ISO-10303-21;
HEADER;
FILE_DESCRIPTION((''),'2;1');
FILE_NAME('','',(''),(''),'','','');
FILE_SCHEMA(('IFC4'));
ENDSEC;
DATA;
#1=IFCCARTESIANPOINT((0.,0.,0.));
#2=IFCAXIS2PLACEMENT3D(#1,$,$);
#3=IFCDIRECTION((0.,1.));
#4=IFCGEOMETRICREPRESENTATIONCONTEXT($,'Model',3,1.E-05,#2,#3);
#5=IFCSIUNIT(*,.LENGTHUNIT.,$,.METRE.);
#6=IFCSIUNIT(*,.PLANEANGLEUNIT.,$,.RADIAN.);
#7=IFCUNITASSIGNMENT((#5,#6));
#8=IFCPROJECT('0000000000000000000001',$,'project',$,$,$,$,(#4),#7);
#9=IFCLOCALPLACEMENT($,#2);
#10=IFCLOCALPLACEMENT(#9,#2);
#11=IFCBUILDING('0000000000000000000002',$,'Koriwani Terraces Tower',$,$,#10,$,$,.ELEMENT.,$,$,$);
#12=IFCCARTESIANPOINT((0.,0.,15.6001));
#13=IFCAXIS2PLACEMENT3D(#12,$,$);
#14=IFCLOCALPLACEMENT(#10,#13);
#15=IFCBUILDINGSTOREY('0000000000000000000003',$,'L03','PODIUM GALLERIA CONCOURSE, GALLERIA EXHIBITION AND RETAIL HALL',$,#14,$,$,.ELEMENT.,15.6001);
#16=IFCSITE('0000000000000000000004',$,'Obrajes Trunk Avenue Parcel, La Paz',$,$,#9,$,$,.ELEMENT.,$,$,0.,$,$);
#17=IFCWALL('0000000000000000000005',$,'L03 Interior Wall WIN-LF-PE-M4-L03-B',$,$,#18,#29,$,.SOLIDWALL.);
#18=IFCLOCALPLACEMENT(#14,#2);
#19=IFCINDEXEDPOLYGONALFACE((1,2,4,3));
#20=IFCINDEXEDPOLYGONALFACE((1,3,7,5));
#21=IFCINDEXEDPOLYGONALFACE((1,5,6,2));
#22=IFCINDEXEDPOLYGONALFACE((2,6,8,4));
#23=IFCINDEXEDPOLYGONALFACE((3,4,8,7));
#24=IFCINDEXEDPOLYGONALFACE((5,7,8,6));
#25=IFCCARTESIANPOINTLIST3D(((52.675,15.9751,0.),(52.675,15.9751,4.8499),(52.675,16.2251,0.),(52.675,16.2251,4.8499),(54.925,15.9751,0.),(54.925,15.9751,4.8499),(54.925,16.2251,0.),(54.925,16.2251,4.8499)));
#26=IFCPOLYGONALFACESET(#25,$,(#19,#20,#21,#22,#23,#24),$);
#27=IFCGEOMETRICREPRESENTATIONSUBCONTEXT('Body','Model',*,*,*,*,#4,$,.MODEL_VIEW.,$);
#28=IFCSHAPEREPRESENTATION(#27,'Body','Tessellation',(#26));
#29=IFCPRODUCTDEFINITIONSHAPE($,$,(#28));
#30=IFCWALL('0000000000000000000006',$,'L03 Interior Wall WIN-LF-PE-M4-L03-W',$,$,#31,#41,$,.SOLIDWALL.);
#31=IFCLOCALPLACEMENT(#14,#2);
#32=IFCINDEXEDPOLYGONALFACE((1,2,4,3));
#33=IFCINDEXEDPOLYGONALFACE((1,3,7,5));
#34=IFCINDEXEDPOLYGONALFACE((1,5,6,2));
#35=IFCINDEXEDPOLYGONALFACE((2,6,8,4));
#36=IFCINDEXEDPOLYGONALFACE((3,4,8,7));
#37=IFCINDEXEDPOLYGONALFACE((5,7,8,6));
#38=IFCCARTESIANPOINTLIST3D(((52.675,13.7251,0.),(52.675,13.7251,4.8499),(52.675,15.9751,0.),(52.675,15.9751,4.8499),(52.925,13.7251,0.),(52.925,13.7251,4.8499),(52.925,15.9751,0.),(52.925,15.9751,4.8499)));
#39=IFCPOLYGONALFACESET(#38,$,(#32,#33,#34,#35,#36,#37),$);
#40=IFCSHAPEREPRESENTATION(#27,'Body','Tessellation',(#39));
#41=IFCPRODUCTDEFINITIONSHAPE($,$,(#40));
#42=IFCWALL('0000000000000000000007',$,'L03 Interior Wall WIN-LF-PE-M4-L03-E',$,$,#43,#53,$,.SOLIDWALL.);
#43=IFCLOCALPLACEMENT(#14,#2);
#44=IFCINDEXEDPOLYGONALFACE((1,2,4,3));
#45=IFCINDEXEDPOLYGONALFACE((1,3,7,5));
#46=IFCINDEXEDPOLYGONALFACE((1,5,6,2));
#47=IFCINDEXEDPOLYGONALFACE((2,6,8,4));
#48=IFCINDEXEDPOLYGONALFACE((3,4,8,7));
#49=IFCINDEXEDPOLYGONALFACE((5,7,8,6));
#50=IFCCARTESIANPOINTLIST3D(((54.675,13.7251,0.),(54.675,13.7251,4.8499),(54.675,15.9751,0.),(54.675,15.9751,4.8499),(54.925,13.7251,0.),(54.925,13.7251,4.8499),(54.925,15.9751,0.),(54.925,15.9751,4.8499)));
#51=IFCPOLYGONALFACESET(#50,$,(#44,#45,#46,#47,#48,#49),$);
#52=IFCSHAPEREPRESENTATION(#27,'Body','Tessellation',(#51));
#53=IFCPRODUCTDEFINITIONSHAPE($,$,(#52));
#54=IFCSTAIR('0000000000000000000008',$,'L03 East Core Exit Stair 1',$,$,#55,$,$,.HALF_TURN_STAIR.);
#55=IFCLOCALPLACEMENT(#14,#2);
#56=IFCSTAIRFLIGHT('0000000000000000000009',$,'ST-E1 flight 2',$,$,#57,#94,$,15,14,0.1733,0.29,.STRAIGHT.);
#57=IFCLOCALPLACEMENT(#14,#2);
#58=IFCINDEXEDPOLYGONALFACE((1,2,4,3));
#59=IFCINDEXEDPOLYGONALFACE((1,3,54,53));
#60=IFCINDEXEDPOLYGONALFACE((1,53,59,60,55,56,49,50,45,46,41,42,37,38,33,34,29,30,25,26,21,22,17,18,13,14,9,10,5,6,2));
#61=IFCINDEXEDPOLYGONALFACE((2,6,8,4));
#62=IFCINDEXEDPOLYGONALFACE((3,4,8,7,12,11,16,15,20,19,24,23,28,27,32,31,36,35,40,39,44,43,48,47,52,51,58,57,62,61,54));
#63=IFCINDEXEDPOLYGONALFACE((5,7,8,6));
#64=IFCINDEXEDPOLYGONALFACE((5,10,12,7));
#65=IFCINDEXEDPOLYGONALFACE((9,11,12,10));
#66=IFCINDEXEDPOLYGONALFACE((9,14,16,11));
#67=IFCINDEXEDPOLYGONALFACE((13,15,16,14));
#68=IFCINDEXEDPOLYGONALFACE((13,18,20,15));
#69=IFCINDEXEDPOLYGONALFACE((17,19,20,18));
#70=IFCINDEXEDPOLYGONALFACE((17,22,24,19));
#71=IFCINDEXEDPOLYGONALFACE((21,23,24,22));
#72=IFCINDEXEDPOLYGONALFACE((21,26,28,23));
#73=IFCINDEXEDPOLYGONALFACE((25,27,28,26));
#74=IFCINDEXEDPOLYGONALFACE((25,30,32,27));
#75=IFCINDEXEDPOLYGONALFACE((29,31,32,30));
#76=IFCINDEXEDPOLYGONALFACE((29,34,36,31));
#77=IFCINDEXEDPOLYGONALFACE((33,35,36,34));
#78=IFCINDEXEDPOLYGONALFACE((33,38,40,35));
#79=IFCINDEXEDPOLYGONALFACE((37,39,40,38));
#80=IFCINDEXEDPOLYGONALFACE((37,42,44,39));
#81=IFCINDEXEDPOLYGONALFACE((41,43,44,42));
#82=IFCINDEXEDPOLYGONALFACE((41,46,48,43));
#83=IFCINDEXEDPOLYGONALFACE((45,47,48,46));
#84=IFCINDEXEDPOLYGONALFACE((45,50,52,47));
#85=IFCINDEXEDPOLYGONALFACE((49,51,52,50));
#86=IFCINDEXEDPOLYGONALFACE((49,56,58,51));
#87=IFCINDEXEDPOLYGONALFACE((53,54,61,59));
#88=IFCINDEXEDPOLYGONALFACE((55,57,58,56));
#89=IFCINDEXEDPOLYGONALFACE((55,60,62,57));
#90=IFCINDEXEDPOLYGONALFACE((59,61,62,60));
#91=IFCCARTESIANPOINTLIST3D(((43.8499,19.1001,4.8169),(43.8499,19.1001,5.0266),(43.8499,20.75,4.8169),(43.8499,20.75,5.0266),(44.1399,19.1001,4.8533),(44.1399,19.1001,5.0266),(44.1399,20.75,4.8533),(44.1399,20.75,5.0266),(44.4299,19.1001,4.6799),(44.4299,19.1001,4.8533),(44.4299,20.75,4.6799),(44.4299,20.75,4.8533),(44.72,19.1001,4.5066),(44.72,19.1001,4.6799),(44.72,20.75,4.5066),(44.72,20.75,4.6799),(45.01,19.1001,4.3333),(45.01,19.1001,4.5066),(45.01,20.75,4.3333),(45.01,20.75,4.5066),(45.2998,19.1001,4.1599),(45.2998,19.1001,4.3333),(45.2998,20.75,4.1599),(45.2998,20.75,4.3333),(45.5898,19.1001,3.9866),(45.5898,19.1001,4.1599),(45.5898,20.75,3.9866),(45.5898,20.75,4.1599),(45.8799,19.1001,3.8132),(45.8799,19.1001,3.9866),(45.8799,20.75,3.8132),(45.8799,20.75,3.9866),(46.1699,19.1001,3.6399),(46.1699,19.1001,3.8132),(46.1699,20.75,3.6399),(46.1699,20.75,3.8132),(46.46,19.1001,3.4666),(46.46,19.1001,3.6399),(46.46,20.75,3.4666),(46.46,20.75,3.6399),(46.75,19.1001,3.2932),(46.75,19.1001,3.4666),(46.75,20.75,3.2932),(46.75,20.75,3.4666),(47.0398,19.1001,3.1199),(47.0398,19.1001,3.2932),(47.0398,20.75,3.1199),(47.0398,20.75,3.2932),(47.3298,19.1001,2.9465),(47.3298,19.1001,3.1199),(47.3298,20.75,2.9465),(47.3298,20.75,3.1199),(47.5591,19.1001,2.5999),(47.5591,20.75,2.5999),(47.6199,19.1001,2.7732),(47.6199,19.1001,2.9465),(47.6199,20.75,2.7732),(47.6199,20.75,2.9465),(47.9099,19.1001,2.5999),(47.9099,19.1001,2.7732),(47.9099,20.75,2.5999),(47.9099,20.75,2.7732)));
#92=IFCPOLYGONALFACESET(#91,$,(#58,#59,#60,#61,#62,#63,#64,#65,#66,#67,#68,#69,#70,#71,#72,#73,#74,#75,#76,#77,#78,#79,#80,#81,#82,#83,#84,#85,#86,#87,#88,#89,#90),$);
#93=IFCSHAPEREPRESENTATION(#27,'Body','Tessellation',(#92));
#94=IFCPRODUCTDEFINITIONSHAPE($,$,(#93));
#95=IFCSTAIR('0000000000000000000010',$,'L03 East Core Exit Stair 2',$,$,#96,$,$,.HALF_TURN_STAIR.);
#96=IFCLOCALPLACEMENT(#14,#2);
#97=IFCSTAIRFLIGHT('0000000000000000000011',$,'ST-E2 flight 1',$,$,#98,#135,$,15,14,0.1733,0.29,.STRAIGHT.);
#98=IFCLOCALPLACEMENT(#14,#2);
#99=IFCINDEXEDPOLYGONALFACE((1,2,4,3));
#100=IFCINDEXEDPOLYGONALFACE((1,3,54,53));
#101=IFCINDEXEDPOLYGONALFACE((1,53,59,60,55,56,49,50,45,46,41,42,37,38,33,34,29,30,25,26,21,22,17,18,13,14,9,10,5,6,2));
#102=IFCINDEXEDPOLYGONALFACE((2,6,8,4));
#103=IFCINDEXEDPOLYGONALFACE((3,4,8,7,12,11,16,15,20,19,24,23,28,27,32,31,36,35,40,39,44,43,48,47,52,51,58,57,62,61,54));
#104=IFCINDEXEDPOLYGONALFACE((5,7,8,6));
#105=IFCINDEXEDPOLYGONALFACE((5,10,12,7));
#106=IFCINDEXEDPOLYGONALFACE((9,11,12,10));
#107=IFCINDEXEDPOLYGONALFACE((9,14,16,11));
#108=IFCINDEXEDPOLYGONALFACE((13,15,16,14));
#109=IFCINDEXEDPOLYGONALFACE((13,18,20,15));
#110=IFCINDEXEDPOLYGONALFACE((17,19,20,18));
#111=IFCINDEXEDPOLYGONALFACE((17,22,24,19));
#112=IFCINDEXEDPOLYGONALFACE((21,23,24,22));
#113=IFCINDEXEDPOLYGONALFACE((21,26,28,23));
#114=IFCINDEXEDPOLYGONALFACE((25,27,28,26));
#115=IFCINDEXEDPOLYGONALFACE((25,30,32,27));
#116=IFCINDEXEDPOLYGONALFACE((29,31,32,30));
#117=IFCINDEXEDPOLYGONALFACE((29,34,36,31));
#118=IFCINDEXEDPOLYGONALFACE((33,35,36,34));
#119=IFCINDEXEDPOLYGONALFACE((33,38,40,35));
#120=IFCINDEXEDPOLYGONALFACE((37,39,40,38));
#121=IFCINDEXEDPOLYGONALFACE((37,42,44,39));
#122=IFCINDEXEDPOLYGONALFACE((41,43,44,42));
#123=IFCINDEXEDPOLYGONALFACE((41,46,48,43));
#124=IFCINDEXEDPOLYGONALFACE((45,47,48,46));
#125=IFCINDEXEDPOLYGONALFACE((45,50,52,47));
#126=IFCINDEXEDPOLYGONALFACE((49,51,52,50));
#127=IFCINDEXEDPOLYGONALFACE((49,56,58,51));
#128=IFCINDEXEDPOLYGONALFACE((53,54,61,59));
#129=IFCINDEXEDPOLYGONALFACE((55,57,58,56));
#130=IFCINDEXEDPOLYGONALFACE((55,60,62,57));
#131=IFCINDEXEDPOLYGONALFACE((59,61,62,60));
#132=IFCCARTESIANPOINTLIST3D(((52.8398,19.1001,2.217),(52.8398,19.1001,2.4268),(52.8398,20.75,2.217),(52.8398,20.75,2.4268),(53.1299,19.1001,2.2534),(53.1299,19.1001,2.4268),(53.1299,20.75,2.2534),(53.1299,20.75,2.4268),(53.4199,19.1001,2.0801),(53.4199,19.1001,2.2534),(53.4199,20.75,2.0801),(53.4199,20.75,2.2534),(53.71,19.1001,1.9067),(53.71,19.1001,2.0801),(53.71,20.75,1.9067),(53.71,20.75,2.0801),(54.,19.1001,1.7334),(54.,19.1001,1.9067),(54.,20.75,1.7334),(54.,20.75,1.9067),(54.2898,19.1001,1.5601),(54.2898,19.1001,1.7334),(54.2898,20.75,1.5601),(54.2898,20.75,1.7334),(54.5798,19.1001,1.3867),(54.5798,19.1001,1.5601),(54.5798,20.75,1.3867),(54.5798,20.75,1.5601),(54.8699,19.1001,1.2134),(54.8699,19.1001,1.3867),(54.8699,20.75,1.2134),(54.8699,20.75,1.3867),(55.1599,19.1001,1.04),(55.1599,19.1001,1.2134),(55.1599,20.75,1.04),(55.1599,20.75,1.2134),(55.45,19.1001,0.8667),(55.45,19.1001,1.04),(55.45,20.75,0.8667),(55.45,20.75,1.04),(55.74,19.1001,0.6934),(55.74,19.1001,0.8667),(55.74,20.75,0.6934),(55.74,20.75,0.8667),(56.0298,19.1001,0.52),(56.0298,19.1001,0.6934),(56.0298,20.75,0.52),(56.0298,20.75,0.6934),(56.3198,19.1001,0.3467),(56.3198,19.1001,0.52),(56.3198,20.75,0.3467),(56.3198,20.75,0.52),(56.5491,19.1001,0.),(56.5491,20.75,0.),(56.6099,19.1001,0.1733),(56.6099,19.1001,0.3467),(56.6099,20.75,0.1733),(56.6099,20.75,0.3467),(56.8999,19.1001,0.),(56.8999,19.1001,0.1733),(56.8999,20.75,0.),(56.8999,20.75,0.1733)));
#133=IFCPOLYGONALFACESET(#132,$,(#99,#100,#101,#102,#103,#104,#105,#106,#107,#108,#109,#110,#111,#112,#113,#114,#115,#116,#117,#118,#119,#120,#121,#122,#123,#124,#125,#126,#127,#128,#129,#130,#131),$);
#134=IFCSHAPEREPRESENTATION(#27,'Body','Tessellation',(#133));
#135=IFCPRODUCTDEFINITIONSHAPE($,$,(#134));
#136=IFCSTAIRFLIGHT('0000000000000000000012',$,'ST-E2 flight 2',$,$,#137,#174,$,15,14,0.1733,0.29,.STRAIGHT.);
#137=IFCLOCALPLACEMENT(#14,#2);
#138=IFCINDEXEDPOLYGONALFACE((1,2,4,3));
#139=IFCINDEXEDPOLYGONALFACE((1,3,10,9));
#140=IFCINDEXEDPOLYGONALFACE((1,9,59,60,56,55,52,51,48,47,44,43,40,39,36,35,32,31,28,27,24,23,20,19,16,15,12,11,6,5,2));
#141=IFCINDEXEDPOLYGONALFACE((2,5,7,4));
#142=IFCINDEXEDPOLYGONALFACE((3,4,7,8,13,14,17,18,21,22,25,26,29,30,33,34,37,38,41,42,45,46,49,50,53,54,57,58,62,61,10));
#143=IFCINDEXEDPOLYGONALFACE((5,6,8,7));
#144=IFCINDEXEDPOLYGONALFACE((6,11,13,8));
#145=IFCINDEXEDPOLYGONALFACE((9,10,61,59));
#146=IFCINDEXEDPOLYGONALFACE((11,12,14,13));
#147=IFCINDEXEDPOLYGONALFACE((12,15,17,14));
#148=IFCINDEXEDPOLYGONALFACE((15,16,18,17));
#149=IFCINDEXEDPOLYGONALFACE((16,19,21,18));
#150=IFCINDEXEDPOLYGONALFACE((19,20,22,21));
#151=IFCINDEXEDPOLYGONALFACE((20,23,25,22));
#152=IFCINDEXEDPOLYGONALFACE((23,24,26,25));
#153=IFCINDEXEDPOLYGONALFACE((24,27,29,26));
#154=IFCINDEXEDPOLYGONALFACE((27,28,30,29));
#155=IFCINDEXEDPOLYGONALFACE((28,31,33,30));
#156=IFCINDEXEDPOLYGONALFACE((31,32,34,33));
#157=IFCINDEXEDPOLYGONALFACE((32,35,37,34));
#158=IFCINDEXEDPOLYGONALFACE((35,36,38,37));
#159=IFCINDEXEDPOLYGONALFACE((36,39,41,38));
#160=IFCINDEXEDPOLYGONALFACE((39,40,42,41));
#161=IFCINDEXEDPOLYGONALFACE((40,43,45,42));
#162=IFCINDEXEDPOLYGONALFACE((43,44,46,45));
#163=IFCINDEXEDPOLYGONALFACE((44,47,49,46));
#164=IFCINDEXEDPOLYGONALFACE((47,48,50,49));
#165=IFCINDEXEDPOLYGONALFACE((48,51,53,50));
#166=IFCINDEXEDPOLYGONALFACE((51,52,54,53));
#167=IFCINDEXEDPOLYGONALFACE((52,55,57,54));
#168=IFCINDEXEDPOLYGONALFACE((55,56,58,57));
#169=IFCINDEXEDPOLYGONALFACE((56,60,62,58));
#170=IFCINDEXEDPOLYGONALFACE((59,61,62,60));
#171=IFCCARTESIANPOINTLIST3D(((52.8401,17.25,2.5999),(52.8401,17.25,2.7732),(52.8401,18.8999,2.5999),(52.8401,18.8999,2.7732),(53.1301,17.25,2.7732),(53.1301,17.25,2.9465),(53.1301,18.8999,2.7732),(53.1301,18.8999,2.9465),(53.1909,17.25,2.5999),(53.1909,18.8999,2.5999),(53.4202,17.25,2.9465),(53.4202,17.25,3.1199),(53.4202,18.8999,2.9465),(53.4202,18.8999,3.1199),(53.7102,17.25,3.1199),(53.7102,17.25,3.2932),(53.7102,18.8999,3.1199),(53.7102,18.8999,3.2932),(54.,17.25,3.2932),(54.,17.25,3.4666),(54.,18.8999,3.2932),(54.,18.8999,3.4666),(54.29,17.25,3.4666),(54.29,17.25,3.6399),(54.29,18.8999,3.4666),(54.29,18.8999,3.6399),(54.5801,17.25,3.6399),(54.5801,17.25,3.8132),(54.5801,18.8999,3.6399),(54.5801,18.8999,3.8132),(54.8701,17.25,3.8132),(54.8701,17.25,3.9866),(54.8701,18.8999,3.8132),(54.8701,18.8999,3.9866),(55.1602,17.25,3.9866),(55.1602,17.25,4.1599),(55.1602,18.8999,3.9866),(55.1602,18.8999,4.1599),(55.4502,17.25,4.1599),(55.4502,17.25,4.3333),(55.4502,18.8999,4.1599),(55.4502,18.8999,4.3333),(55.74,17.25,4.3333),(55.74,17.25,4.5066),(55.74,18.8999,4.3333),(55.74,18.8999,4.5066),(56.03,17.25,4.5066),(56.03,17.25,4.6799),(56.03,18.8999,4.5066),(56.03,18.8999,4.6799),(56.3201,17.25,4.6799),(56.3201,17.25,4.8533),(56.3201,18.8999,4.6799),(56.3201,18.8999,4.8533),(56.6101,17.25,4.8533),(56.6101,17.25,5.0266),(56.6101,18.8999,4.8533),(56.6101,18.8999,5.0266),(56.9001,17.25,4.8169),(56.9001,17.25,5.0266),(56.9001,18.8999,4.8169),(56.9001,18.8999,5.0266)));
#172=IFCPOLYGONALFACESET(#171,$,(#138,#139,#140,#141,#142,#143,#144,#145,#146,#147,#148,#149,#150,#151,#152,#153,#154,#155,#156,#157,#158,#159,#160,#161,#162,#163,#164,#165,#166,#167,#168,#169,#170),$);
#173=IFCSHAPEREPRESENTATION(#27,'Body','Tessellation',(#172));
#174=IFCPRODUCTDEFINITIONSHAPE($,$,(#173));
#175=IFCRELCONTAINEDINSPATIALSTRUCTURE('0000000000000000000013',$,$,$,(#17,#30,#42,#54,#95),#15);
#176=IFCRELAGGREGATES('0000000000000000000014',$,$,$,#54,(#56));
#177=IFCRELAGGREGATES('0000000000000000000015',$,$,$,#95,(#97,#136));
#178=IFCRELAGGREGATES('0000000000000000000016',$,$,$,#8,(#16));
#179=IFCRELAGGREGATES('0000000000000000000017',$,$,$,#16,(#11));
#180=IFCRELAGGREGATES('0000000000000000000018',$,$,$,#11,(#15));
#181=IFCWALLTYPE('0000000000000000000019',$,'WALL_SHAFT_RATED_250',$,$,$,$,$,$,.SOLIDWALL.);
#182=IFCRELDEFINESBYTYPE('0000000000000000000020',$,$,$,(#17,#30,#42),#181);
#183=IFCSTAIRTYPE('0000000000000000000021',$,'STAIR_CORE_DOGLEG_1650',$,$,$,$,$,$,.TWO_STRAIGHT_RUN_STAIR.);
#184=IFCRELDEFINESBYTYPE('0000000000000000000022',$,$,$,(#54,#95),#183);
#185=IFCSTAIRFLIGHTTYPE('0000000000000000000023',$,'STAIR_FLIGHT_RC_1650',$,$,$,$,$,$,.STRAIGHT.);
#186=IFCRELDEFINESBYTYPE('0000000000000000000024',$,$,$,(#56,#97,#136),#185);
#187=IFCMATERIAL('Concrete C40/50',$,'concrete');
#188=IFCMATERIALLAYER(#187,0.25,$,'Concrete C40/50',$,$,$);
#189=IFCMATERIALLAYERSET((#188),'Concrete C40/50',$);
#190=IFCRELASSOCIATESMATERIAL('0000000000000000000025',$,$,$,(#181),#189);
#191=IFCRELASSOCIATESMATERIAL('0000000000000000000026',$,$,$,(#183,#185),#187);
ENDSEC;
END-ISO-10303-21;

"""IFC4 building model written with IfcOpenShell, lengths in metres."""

from ifc_helpers import new_model, si_unit, direction, frame, frame_2d, origin, place, context, subcontext, project, spatial, polyline, rectangle, outline, extrude, material, layer, layer_set, type_object, element, aggregate, save


model = new_model("IFC4")

# Units and contexts
model_context = context("Model", 3, precision=1e-05, world=origin(), true_north=direction((0.0, 1.0)))
body_context = subcontext(model_context, "Body", "Model", "MODEL_VIEW")
ifc_project = project(units=[si_unit("LENGTHUNIT", "METRE"), si_unit("PLANEANGLEUNIT", "RADIAN")], contexts=[model_context])

# Site, building, storey
site_placement = place(None, origin())
site = spatial("IfcSite", under=ifc_project, at=site_placement, Name="Obrajes Trunk Avenue Parcel, La Paz", CompositionType="ELEMENT", RefElevation=0.0)
building_placement = place(site_placement, origin())
building = spatial("IfcBuilding", under=site, at=building_placement, Name="Koriwani Terraces Tower", CompositionType="ELEMENT")
storey_placement = place(building_placement, frame((0.0, 0.0, 15.6001)))
storey = spatial("IfcBuildingStorey", under=building, at=storey_placement, Name="L03", Description="PODIUM GALLERIA CONCOURSE, GALLERIA EXHIBITION AND RETAIL HALL", CompositionType="ELEMENT", Elevation=15.6001)

# Shared definitions
ifc_material_1 = material(Name="Concrete C40/50", Category="concrete")

# Shared definitions
ifc_layer_1 = layer(ifc_material_1, 0.25, Name="Concrete C40/50")
ifc_layer_set_1 = layer_set([ifc_layer_1], Name="Concrete C40/50")
wall_type_1 = type_object("IfcWallType", Name="WALL_SHAFT_RATED_250", PredefinedType="SOLIDWALL", material=ifc_layer_set_1)

# Walls
for number, where, z_axis, x_axis, name in (
    (1, (52.675, 16.1001, 0.0), (0.0, 0.0, 1.0), (1.0, 0.0, 0.0), "L03 Interior Wall WIN-LF-PE-M4-L03-B"),
    (2, (52.8, 13.7251, 0.0), (0.0, 0.0, 1.0), (0.0, 1.0, 0.0), "L03 Interior Wall WIN-LF-PE-M4-L03-W"),
    (3, (54.8, 13.7251, 0.0), (0.0, 0.0, 1.0), (0.0, 1.0, 0.0), "L03 Interior Wall WIN-LF-PE-M4-L03-E"),
):
    element("IfcWall", number, at=place(storey_placement, frame(where, z_axis=z_axis, x_axis=x_axis)), inside=storey, type_object=wall_type_1, Name=name, PredefinedType="SOLIDWALL", context=body_context, shape_type="SweptSolid", body=[
        extrude(rectangle(XDim=2.25, YDim=0.25, at=frame_2d((1.125, 0.0))), origin(), (0.0, 0.0, 1.0), 4.8499),
    ])

# Stair, stair flight
stair_type = type_object("IfcStairType", Name="STAIR_CORE_DOGLEG_1650", PredefinedType="TWO_STRAIGHT_RUN_STAIR", material=ifc_material_1)
stair_1_placement = place(storey_placement, origin())
stair_1 = element("IfcStair", 4, at=stair_1_placement, inside=storey, type_object=stair_type, Name="L03 East Core Exit Stair 1", PredefinedType="HALF_TURN_STAIR")
stair_flight_type = type_object("IfcStairFlightType", Name="STAIR_FLIGHT_RC_1650", PredefinedType="STRAIGHT", material=ifc_material_1)
stair_flight_1_placement = place(storey_placement, frame((47.9099, 19.925, 2.5999), z_axis=(0.0, 0.0, 1.0), x_axis=(-1.0, 0.0, 0.0)))
stair_flight_1 = element("IfcStairFlight", 5, at=stair_flight_1_placement, type_object=stair_flight_type, Name="ST-E1 flight 2", NumberOfRisers=15, NumberOfTreads=14, PredefinedType="STRAIGHT", RiserHeight=0.1733, TreadLength=0.29, context=body_context, shape_type="SweptSolid", body=[
    extrude(outline(polyline([(0.0, 0.0), (0.0, 0.1733), (0.29, 0.1733), (0.29, 0.3467), (0.5801, 0.3467), (0.5801, 0.52), (0.8701, 0.52), (0.8701, 0.6934), (1.1599, 0.6934), (1.1599, 0.8667), (1.45, 0.8667), (1.45, 1.04), (1.74, 1.04), (1.74, 1.2134), (2.03, 1.2134), (2.03, 1.3867), (2.3201, 1.3867), (2.3201, 1.5601), (2.6101, 1.5601), (2.6101, 1.7334), (2.8999, 1.7334), (2.8999, 1.9067), (3.1899, 1.9067), (3.1899, 2.0801), (3.48, 2.0801), (3.48, 2.2534), (3.77, 2.2534), (3.77, 2.4268), (4.0601, 2.4268), (4.0601, 2.6001), (4.0601, 2.217), (0.3508, 0.0), (0.0, 0.0)])), frame((0.0, 0.825, 0.0), z_axis=(0.0, -1.0, 0.0), x_axis=(1.0, 0.0, 0.0)), (0.0, 0.0, 1.0), 1.6499),
])
aggregate(stair_1, [stair_flight_1])

# Stair, stair flights
stair_2_placement = place(storey_placement, origin())
stair_2 = element("IfcStair", 6, at=stair_2_placement, inside=storey, type_object=stair_type, Name="L03 East Core Exit Stair 2", PredefinedType="HALF_TURN_STAIR")
stair_flight_2_placement = place(storey_placement, frame((56.8999, 19.925, 0.0), z_axis=(0.0, 0.0, 1.0), x_axis=(-1.0, 0.0, 0.0)))
stair_flight_2 = element("IfcStairFlight", 7, at=stair_flight_2_placement, type_object=stair_flight_type, Name="ST-E2 flight 1", NumberOfRisers=15, NumberOfTreads=14, PredefinedType="STRAIGHT", RiserHeight=0.1733, TreadLength=0.29, context=body_context, shape_type="SweptSolid", body=[
    extrude(outline(polyline([(0.0, 0.0), (0.0, 0.1733), (0.29, 0.1733), (0.29, 0.3467), (0.5801, 0.3467), (0.5801, 0.52), (0.8701, 0.52), (0.8701, 0.6934), (1.1599, 0.6934), (1.1599, 0.8667), (1.45, 0.8667), (1.45, 1.04), (1.74, 1.04), (1.74, 1.2134), (2.03, 1.2134), (2.03, 1.3867), (2.3201, 1.3867), (2.3201, 1.5601), (2.6101, 1.5601), (2.6101, 1.7334), (2.8999, 1.7334), (2.8999, 1.9067), (3.1899, 1.9067), (3.1899, 2.0801), (3.48, 2.0801), (3.48, 2.2534), (3.77, 2.2534), (3.77, 2.4268), (4.0601, 2.4268), (4.0601, 2.6001), (4.0601, 2.217), (0.3508, 0.0), (0.0, 0.0)])), frame((0.0, 0.825, 0.0), z_axis=(0.0, -1.0, 0.0), x_axis=(1.0, 0.0, 0.0)), (0.0, 0.0, 1.0), 1.6499),
])
stair_flight_3_placement = place(storey_placement, frame((52.8401, 18.075, 2.5999), z_axis=(0.0, 0.0, 1.0), x_axis=(1.0, 0.0, 0.0)))
stair_flight_3 = element("IfcStairFlight", 8, at=stair_flight_3_placement, type_object=stair_flight_type, Name="ST-E2 flight 2", NumberOfRisers=15, NumberOfTreads=14, PredefinedType="STRAIGHT", RiserHeight=0.1733, TreadLength=0.29, context=body_context, shape_type="SweptSolid", body=[
    extrude(outline(polyline([(0.0, 0.0), (0.0, 0.1733), (0.29, 0.1733), (0.29, 0.3467), (0.5801, 0.3467), (0.5801, 0.52), (0.8701, 0.52), (0.8701, 0.6934), (1.1599, 0.6934), (1.1599, 0.8667), (1.45, 0.8667), (1.45, 1.04), (1.74, 1.04), (1.74, 1.2134), (2.03, 1.2134), (2.03, 1.3867), (2.3201, 1.3867), (2.3201, 1.5601), (2.6101, 1.5601), (2.6101, 1.7334), (2.8999, 1.7334), (2.8999, 1.9067), (3.1899, 1.9067), (3.1899, 2.0801), (3.48, 2.0801), (3.48, 2.2534), (3.77, 2.2534), (3.77, 2.4268), (4.0601, 2.4268), (4.0601, 2.6001), (4.0601, 2.217), (0.3508, 0.0), (0.0, 0.0)])), frame((0.0, 0.825, 0.0), z_axis=(0.0, -1.0, 0.0), x_axis=(1.0, 0.0, 0.0)), (0.0, 0.0, 1.0), 1.6499),
])
aggregate(stair_2, [stair_flight_2, stair_flight_3])

save(model, "model.ifc")
